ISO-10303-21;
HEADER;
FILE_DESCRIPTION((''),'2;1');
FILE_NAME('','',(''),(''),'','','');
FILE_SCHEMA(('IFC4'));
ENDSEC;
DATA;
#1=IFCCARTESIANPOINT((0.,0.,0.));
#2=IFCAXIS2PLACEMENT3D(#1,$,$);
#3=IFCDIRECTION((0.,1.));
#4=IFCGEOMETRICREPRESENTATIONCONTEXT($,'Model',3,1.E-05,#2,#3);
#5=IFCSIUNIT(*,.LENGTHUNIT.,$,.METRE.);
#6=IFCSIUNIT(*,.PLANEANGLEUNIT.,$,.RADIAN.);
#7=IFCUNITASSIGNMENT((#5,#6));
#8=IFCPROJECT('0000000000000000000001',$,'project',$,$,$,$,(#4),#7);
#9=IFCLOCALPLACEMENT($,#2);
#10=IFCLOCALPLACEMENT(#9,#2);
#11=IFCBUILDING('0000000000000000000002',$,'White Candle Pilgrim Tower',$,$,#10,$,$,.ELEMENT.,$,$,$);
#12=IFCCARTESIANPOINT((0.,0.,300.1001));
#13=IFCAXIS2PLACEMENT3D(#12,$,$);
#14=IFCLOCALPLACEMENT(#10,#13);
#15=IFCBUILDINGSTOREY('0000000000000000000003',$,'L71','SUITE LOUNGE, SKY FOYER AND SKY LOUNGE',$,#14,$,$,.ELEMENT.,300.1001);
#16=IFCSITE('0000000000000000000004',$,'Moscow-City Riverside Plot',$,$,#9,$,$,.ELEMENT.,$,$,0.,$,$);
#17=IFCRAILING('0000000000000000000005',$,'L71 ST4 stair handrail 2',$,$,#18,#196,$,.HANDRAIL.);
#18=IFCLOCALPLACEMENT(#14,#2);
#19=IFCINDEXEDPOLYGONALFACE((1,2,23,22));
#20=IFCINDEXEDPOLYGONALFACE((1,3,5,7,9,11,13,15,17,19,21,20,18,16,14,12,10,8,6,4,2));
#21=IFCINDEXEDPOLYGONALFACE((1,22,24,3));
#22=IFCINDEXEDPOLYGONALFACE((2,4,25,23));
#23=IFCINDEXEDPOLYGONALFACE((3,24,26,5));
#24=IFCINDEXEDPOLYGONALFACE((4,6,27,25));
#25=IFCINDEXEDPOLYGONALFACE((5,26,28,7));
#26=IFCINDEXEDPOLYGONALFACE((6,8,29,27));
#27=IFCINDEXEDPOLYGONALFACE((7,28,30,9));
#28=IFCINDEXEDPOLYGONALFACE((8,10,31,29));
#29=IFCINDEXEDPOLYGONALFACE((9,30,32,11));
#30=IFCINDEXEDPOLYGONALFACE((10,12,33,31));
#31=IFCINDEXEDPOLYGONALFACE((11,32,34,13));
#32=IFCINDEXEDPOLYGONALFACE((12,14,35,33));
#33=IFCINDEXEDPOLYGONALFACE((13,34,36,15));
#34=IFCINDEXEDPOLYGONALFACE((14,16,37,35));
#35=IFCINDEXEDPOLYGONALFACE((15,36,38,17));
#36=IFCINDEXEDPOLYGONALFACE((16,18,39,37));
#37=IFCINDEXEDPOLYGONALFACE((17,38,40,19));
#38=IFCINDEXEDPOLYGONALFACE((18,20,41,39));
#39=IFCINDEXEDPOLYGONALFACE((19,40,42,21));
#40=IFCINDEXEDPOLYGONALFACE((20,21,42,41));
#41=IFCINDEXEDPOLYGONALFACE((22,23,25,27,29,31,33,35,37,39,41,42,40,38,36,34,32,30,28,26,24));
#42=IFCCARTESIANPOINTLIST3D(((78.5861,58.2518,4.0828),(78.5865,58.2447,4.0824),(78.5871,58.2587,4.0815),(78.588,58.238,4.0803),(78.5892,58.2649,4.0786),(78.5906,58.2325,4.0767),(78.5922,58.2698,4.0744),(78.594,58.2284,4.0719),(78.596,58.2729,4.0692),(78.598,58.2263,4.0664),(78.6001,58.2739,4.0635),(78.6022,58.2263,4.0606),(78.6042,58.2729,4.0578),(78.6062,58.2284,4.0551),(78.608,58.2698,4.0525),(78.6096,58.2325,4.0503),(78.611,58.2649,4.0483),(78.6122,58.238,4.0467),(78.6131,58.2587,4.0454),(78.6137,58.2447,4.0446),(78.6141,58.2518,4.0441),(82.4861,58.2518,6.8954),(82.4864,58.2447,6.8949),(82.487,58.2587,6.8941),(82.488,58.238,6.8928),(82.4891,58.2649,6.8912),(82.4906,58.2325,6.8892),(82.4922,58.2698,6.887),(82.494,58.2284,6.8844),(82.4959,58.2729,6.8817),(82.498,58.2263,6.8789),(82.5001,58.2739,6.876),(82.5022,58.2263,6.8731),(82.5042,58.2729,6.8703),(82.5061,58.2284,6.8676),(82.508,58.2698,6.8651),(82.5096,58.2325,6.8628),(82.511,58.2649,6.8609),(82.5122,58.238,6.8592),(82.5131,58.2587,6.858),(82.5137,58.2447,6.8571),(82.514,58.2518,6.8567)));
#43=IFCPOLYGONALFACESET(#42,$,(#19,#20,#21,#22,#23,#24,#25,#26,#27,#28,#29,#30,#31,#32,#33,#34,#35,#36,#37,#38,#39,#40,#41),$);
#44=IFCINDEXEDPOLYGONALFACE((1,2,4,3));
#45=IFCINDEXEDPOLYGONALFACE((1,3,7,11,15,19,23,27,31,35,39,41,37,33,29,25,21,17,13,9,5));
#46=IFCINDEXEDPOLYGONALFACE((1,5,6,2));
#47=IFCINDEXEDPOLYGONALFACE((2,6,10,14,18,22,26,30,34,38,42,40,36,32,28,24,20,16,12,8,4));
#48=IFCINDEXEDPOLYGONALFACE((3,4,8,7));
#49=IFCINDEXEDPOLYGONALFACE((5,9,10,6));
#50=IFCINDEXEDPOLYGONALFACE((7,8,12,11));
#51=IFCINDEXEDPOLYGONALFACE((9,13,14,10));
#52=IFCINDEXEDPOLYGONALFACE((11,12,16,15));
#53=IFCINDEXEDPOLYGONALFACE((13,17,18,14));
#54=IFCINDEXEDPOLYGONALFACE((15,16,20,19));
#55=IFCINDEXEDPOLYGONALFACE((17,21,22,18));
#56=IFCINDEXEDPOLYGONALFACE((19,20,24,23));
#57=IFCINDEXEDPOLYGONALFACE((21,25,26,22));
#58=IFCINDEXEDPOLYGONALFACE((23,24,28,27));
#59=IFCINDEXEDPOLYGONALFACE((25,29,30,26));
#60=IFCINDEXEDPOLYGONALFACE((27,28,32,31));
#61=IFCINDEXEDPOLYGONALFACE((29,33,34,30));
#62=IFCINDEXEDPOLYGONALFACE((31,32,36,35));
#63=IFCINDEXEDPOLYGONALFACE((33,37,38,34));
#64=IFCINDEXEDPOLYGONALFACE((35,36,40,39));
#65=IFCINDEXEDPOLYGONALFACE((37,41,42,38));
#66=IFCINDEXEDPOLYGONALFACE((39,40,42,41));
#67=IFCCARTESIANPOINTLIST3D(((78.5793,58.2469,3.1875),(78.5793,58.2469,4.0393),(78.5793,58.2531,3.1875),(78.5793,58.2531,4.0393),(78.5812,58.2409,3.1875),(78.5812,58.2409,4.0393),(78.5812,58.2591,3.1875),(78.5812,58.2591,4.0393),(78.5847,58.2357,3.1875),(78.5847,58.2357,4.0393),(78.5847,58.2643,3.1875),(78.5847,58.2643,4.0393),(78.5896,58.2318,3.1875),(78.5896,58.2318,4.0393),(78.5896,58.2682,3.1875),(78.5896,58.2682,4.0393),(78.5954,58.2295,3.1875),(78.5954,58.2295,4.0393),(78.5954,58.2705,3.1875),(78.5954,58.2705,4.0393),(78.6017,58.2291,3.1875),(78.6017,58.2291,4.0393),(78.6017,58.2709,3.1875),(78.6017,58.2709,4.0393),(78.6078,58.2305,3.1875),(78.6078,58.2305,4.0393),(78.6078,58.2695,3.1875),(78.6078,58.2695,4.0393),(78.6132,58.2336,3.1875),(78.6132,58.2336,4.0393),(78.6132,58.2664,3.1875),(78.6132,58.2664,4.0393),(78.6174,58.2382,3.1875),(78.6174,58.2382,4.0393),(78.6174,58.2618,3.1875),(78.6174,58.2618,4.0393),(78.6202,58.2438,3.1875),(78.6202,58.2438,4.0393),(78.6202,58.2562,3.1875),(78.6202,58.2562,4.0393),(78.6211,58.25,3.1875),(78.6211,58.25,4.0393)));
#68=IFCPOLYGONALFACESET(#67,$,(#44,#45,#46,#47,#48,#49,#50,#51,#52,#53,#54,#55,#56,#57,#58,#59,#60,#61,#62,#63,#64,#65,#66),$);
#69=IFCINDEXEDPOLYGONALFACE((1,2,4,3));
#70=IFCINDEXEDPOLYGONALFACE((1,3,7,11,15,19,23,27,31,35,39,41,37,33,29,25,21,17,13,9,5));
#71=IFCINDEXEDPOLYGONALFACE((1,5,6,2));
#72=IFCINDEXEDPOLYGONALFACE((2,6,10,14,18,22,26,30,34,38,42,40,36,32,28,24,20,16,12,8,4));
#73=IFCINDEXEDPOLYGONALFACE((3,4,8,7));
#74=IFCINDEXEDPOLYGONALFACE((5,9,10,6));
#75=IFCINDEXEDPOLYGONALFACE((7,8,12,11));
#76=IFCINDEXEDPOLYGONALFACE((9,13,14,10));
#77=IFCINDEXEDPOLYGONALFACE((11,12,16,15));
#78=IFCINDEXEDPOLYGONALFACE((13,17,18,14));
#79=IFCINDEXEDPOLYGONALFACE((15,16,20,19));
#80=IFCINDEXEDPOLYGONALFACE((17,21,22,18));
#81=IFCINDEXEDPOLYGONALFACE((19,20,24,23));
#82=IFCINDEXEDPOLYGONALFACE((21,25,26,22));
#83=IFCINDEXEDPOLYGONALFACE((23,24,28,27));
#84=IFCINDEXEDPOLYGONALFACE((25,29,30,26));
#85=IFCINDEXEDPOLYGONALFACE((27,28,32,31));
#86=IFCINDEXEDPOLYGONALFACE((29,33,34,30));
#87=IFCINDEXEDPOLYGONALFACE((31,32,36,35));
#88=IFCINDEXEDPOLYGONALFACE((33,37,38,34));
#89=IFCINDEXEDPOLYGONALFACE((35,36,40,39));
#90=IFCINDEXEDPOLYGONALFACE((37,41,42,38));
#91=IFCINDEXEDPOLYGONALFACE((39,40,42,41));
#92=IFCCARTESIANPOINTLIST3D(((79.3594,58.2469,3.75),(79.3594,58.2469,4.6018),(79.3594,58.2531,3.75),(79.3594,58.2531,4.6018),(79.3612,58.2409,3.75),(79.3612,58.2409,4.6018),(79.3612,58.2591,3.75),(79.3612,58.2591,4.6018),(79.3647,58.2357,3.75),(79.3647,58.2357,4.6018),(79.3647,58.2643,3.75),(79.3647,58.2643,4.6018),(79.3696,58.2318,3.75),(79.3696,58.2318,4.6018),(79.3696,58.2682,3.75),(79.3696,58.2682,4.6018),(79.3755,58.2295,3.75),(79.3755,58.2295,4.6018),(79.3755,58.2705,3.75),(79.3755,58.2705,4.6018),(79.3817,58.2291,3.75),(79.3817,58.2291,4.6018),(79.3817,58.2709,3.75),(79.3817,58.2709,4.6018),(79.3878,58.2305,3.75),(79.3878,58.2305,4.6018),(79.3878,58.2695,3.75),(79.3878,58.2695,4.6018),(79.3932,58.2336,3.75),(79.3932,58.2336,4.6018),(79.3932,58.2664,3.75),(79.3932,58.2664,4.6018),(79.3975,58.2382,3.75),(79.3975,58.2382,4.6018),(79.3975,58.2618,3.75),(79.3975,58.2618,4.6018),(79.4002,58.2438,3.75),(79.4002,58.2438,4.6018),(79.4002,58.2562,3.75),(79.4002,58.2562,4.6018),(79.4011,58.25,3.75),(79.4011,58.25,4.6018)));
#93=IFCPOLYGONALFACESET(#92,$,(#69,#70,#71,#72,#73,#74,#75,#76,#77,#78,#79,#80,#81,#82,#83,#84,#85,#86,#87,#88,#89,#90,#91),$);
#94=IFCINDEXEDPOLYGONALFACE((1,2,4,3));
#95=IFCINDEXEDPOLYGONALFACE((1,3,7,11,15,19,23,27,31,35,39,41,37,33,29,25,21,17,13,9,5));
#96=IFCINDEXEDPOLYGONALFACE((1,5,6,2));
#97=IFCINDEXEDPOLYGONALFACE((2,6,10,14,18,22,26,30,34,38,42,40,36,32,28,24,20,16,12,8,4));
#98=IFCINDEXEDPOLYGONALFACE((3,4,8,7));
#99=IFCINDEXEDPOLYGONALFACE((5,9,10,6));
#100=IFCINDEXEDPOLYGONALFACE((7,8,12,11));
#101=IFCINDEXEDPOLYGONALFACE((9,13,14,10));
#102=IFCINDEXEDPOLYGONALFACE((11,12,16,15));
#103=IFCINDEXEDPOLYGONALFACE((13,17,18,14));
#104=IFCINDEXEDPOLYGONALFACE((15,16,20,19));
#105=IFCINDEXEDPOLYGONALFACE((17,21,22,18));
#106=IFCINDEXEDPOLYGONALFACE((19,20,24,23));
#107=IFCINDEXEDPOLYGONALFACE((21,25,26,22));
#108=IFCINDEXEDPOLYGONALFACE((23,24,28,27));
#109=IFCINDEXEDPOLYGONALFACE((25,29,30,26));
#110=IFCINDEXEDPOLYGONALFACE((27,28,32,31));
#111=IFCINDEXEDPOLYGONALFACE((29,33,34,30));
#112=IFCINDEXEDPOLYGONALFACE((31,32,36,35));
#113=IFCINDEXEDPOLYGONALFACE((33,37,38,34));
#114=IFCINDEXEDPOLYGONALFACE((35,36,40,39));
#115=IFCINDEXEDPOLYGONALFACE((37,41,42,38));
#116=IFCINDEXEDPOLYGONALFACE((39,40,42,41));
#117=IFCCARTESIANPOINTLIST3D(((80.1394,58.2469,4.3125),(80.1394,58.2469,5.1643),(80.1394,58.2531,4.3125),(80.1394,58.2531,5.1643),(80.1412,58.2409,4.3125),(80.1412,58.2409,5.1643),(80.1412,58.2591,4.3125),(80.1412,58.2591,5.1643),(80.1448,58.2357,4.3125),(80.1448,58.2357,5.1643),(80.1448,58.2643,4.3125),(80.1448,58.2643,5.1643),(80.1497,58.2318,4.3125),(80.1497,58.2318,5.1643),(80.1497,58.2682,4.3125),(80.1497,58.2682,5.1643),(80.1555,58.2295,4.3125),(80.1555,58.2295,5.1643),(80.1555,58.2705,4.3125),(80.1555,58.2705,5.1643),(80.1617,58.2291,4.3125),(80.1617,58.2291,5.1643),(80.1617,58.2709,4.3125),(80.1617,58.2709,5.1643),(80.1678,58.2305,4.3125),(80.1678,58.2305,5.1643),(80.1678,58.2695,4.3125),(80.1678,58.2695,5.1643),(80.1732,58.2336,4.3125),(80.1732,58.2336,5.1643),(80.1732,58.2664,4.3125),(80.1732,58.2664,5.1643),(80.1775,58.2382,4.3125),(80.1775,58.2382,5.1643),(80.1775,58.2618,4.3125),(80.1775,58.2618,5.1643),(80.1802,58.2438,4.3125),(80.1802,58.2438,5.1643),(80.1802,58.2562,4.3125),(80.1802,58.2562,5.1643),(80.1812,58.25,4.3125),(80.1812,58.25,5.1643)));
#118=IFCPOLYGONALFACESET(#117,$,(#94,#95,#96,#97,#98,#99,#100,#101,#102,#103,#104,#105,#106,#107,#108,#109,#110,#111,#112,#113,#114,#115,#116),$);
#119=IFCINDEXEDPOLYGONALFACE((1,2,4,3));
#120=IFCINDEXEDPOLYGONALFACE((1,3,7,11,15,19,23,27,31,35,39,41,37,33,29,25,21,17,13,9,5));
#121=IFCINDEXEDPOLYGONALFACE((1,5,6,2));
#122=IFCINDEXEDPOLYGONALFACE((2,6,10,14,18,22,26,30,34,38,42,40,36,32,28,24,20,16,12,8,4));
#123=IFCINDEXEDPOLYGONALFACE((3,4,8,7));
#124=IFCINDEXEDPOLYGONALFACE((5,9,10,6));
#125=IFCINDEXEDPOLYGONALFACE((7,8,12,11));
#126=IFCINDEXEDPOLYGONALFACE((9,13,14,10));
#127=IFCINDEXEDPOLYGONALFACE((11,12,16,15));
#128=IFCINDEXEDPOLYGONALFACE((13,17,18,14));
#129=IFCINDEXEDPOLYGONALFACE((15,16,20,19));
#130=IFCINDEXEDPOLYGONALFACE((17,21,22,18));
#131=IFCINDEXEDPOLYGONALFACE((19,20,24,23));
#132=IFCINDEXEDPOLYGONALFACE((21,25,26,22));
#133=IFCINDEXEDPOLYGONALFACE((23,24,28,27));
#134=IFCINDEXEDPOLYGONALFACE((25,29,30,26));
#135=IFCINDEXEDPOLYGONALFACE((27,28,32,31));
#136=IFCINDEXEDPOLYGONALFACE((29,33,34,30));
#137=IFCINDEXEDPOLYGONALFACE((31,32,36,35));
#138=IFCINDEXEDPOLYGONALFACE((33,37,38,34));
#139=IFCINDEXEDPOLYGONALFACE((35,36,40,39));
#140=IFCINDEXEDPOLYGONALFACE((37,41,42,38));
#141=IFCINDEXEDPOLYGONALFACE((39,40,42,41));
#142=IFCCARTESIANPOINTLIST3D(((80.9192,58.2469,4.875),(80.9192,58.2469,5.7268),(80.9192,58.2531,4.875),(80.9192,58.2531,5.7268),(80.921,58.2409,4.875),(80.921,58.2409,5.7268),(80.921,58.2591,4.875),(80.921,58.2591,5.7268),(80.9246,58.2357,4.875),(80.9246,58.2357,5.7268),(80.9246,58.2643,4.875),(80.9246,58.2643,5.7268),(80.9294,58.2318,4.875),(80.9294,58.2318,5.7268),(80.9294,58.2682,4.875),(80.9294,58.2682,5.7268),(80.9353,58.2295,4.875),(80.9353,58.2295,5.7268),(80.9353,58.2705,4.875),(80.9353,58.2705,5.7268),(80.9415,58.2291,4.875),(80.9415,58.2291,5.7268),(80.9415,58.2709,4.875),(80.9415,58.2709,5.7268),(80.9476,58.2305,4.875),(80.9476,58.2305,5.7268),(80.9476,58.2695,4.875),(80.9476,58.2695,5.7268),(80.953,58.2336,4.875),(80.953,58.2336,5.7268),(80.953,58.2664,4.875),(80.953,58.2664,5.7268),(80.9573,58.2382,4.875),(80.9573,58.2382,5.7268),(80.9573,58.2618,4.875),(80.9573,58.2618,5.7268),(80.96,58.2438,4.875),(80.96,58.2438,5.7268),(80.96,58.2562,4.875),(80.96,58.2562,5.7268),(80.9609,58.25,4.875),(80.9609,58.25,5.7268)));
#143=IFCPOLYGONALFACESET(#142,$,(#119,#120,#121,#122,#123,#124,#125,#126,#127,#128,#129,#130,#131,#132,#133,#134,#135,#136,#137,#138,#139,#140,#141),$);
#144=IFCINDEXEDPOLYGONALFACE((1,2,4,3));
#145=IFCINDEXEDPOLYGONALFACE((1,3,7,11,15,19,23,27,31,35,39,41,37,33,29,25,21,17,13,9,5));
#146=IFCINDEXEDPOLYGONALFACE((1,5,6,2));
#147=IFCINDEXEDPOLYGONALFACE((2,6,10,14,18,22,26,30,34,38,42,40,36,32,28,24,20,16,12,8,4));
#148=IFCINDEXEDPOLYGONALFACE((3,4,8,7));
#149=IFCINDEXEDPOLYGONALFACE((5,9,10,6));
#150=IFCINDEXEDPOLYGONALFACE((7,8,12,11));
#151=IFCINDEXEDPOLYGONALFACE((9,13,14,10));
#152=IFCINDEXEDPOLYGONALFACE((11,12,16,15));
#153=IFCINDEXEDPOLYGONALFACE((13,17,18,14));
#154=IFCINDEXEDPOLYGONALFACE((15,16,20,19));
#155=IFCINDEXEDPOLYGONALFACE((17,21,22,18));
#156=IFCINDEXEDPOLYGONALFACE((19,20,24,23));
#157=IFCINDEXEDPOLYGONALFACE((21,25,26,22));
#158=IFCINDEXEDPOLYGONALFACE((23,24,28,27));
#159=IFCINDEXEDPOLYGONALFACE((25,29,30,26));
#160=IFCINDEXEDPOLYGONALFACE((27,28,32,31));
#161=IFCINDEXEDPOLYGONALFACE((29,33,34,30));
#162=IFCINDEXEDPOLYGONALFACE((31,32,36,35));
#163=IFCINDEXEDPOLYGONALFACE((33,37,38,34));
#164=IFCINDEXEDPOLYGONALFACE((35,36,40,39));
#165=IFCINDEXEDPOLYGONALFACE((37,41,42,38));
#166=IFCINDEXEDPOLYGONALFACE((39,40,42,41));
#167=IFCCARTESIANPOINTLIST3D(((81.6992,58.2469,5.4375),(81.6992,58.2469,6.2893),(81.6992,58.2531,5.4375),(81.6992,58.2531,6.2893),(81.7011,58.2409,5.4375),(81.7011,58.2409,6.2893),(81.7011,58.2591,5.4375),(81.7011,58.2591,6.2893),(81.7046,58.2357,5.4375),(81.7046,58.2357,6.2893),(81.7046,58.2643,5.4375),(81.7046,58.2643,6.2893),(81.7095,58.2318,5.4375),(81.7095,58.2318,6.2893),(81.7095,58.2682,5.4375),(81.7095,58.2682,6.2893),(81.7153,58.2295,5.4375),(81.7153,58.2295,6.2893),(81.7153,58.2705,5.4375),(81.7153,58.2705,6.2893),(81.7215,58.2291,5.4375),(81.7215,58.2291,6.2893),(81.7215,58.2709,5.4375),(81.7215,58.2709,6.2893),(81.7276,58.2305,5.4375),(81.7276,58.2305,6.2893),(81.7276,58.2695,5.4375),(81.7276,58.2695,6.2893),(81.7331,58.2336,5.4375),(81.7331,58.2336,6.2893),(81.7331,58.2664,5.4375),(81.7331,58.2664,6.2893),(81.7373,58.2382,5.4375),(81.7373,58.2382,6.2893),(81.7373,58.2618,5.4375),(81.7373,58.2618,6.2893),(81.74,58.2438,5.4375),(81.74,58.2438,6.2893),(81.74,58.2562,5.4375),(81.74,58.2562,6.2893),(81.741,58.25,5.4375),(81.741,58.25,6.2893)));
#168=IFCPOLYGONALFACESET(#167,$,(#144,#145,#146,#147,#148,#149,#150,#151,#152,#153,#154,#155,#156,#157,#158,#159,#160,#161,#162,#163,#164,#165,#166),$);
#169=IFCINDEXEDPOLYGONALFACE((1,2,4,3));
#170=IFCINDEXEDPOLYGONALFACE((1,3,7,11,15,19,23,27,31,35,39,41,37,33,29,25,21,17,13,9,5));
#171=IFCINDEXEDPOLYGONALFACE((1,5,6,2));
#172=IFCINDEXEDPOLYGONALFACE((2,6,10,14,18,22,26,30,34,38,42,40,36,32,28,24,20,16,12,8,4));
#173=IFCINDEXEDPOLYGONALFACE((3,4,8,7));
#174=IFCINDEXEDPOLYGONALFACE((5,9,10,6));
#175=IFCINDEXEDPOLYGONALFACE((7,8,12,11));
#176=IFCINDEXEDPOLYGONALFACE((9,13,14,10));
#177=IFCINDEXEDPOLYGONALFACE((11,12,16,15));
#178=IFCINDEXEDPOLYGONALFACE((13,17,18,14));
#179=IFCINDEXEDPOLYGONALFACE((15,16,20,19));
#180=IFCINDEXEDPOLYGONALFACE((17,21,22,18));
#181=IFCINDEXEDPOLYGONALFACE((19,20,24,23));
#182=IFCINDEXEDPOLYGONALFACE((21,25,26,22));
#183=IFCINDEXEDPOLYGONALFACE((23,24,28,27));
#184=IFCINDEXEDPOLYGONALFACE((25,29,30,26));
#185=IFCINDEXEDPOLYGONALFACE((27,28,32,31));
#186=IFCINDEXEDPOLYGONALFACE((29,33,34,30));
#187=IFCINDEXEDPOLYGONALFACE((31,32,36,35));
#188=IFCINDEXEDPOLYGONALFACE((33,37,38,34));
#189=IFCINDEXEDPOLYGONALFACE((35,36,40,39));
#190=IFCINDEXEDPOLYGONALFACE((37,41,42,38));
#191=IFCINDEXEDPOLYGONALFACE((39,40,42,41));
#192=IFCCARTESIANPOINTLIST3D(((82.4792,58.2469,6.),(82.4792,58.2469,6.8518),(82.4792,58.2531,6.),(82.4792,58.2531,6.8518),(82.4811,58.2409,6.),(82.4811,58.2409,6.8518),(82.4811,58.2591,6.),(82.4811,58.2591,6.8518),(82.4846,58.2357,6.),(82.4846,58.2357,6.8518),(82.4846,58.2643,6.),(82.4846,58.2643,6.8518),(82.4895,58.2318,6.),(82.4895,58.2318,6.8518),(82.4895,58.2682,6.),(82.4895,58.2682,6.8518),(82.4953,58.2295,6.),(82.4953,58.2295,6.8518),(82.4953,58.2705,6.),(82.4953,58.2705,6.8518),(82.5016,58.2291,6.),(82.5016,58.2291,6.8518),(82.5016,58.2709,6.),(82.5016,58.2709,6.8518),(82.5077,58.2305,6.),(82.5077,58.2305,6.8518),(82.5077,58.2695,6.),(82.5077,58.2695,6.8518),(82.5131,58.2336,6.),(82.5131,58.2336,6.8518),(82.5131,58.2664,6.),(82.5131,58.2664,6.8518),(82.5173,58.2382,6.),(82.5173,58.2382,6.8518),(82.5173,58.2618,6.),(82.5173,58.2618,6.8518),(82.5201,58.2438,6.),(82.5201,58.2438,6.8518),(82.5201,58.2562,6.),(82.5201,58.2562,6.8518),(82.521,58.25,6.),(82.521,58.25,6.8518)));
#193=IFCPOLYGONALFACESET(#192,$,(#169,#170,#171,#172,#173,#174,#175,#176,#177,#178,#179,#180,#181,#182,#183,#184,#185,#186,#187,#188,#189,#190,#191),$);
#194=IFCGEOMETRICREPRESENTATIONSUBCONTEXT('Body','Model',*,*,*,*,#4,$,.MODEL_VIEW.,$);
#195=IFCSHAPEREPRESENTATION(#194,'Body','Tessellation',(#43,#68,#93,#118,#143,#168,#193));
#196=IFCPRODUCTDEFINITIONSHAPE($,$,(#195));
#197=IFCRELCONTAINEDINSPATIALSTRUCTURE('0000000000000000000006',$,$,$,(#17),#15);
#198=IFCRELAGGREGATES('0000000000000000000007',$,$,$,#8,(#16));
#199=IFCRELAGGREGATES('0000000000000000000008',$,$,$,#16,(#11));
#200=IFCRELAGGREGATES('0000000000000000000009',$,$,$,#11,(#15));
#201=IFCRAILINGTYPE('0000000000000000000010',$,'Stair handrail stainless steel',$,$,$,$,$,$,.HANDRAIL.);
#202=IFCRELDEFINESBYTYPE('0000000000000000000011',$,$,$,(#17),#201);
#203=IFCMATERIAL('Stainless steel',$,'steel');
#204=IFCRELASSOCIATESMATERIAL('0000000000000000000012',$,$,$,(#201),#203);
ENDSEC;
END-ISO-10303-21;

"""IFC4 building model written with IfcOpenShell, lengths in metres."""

from ifc_helpers import new_model, si_unit, direction, frame, origin, origin_2d, place, context, subcontext, project, spatial, circle, extrude, material, type_object, element, save


model = new_model("IFC4")

# Units and contexts
model_context = context("Model", 3, precision=1e-05, world=origin(), true_north=direction((0.0, 1.0)))
body_context = subcontext(model_context, "Body", "Model", "MODEL_VIEW")
ifc_project = project(units=[si_unit("LENGTHUNIT", "METRE"), si_unit("PLANEANGLEUNIT", "RADIAN")], contexts=[model_context])

# Site, building, storey
site_placement = place(None, origin())
site = spatial("IfcSite", under=ifc_project, at=site_placement, Name="Moscow-City Riverside Plot", CompositionType="ELEMENT", RefElevation=0.0)
building_placement = place(site_placement, origin())
building = spatial("IfcBuilding", under=site, at=building_placement, Name="White Candle Pilgrim Tower", CompositionType="ELEMENT")
storey_placement = place(building_placement, frame((0.0, 0.0, 300.1001)))
storey = spatial("IfcBuildingStorey", under=building, at=storey_placement, Name="L71", Description="SUITE LOUNGE, SKY FOYER AND SKY LOUNGE", CompositionType="ELEMENT", Elevation=300.1001)

# Railing
ifc_material_1 = material(Name="Stainless steel", Category="steel")
railing_type_1 = type_object("IfcRailingType", Name="Stair handrail stainless steel", PredefinedType="HANDRAIL", material=ifc_material_1)
railing_1_placement = place(storey_placement, frame((78.6001, 58.25, 3.1875)))
element("IfcRailing", 1, at=railing_1_placement, inside=storey, type_object=railing_type_1, Name="L71 ST4 stair handrail 2", PredefinedType="HANDRAIL", context=body_context, shape_type="SweptSolid", body=[
    extrude(circle(Radius=0.0239, at=origin_2d()), frame((0.0, 0.0, 0.876), z_axis=(0.811083, 0.0, 0.584931), x_axis=(0.0, 1.0, 0.0)), (0.0, 0.0, 1.0), 4.8083),
    extrude(circle(Radius=0.021, at=origin_2d()), origin(), (0.0, 0.0, 1.0), 0.8518),
    extrude(circle(Radius=0.021, at=origin_2d()), frame((0.78, 0.0, 0.5625)), (0.0, 0.0, 1.0), 0.8518),
    extrude(circle(Radius=0.021, at=origin_2d()), frame((1.5601, 0.0, 1.125)), (0.0, 0.0, 1.0), 0.8518),
    extrude(circle(Radius=0.021, at=origin_2d()), frame((2.3398, 0.0, 1.6875)), (0.0, 0.0, 1.0), 0.8518),
    extrude(circle(Radius=0.021, at=origin_2d()), frame((3.1199, 0.0, 2.25)), (0.0, 0.0, 1.0), 0.8518),
    extrude(circle(Radius=0.021, at=origin_2d()), frame((3.8999, 0.0, 2.8125)), (0.0, 0.0, 1.0), 0.8518),
])

save(model, "model.ifc")
